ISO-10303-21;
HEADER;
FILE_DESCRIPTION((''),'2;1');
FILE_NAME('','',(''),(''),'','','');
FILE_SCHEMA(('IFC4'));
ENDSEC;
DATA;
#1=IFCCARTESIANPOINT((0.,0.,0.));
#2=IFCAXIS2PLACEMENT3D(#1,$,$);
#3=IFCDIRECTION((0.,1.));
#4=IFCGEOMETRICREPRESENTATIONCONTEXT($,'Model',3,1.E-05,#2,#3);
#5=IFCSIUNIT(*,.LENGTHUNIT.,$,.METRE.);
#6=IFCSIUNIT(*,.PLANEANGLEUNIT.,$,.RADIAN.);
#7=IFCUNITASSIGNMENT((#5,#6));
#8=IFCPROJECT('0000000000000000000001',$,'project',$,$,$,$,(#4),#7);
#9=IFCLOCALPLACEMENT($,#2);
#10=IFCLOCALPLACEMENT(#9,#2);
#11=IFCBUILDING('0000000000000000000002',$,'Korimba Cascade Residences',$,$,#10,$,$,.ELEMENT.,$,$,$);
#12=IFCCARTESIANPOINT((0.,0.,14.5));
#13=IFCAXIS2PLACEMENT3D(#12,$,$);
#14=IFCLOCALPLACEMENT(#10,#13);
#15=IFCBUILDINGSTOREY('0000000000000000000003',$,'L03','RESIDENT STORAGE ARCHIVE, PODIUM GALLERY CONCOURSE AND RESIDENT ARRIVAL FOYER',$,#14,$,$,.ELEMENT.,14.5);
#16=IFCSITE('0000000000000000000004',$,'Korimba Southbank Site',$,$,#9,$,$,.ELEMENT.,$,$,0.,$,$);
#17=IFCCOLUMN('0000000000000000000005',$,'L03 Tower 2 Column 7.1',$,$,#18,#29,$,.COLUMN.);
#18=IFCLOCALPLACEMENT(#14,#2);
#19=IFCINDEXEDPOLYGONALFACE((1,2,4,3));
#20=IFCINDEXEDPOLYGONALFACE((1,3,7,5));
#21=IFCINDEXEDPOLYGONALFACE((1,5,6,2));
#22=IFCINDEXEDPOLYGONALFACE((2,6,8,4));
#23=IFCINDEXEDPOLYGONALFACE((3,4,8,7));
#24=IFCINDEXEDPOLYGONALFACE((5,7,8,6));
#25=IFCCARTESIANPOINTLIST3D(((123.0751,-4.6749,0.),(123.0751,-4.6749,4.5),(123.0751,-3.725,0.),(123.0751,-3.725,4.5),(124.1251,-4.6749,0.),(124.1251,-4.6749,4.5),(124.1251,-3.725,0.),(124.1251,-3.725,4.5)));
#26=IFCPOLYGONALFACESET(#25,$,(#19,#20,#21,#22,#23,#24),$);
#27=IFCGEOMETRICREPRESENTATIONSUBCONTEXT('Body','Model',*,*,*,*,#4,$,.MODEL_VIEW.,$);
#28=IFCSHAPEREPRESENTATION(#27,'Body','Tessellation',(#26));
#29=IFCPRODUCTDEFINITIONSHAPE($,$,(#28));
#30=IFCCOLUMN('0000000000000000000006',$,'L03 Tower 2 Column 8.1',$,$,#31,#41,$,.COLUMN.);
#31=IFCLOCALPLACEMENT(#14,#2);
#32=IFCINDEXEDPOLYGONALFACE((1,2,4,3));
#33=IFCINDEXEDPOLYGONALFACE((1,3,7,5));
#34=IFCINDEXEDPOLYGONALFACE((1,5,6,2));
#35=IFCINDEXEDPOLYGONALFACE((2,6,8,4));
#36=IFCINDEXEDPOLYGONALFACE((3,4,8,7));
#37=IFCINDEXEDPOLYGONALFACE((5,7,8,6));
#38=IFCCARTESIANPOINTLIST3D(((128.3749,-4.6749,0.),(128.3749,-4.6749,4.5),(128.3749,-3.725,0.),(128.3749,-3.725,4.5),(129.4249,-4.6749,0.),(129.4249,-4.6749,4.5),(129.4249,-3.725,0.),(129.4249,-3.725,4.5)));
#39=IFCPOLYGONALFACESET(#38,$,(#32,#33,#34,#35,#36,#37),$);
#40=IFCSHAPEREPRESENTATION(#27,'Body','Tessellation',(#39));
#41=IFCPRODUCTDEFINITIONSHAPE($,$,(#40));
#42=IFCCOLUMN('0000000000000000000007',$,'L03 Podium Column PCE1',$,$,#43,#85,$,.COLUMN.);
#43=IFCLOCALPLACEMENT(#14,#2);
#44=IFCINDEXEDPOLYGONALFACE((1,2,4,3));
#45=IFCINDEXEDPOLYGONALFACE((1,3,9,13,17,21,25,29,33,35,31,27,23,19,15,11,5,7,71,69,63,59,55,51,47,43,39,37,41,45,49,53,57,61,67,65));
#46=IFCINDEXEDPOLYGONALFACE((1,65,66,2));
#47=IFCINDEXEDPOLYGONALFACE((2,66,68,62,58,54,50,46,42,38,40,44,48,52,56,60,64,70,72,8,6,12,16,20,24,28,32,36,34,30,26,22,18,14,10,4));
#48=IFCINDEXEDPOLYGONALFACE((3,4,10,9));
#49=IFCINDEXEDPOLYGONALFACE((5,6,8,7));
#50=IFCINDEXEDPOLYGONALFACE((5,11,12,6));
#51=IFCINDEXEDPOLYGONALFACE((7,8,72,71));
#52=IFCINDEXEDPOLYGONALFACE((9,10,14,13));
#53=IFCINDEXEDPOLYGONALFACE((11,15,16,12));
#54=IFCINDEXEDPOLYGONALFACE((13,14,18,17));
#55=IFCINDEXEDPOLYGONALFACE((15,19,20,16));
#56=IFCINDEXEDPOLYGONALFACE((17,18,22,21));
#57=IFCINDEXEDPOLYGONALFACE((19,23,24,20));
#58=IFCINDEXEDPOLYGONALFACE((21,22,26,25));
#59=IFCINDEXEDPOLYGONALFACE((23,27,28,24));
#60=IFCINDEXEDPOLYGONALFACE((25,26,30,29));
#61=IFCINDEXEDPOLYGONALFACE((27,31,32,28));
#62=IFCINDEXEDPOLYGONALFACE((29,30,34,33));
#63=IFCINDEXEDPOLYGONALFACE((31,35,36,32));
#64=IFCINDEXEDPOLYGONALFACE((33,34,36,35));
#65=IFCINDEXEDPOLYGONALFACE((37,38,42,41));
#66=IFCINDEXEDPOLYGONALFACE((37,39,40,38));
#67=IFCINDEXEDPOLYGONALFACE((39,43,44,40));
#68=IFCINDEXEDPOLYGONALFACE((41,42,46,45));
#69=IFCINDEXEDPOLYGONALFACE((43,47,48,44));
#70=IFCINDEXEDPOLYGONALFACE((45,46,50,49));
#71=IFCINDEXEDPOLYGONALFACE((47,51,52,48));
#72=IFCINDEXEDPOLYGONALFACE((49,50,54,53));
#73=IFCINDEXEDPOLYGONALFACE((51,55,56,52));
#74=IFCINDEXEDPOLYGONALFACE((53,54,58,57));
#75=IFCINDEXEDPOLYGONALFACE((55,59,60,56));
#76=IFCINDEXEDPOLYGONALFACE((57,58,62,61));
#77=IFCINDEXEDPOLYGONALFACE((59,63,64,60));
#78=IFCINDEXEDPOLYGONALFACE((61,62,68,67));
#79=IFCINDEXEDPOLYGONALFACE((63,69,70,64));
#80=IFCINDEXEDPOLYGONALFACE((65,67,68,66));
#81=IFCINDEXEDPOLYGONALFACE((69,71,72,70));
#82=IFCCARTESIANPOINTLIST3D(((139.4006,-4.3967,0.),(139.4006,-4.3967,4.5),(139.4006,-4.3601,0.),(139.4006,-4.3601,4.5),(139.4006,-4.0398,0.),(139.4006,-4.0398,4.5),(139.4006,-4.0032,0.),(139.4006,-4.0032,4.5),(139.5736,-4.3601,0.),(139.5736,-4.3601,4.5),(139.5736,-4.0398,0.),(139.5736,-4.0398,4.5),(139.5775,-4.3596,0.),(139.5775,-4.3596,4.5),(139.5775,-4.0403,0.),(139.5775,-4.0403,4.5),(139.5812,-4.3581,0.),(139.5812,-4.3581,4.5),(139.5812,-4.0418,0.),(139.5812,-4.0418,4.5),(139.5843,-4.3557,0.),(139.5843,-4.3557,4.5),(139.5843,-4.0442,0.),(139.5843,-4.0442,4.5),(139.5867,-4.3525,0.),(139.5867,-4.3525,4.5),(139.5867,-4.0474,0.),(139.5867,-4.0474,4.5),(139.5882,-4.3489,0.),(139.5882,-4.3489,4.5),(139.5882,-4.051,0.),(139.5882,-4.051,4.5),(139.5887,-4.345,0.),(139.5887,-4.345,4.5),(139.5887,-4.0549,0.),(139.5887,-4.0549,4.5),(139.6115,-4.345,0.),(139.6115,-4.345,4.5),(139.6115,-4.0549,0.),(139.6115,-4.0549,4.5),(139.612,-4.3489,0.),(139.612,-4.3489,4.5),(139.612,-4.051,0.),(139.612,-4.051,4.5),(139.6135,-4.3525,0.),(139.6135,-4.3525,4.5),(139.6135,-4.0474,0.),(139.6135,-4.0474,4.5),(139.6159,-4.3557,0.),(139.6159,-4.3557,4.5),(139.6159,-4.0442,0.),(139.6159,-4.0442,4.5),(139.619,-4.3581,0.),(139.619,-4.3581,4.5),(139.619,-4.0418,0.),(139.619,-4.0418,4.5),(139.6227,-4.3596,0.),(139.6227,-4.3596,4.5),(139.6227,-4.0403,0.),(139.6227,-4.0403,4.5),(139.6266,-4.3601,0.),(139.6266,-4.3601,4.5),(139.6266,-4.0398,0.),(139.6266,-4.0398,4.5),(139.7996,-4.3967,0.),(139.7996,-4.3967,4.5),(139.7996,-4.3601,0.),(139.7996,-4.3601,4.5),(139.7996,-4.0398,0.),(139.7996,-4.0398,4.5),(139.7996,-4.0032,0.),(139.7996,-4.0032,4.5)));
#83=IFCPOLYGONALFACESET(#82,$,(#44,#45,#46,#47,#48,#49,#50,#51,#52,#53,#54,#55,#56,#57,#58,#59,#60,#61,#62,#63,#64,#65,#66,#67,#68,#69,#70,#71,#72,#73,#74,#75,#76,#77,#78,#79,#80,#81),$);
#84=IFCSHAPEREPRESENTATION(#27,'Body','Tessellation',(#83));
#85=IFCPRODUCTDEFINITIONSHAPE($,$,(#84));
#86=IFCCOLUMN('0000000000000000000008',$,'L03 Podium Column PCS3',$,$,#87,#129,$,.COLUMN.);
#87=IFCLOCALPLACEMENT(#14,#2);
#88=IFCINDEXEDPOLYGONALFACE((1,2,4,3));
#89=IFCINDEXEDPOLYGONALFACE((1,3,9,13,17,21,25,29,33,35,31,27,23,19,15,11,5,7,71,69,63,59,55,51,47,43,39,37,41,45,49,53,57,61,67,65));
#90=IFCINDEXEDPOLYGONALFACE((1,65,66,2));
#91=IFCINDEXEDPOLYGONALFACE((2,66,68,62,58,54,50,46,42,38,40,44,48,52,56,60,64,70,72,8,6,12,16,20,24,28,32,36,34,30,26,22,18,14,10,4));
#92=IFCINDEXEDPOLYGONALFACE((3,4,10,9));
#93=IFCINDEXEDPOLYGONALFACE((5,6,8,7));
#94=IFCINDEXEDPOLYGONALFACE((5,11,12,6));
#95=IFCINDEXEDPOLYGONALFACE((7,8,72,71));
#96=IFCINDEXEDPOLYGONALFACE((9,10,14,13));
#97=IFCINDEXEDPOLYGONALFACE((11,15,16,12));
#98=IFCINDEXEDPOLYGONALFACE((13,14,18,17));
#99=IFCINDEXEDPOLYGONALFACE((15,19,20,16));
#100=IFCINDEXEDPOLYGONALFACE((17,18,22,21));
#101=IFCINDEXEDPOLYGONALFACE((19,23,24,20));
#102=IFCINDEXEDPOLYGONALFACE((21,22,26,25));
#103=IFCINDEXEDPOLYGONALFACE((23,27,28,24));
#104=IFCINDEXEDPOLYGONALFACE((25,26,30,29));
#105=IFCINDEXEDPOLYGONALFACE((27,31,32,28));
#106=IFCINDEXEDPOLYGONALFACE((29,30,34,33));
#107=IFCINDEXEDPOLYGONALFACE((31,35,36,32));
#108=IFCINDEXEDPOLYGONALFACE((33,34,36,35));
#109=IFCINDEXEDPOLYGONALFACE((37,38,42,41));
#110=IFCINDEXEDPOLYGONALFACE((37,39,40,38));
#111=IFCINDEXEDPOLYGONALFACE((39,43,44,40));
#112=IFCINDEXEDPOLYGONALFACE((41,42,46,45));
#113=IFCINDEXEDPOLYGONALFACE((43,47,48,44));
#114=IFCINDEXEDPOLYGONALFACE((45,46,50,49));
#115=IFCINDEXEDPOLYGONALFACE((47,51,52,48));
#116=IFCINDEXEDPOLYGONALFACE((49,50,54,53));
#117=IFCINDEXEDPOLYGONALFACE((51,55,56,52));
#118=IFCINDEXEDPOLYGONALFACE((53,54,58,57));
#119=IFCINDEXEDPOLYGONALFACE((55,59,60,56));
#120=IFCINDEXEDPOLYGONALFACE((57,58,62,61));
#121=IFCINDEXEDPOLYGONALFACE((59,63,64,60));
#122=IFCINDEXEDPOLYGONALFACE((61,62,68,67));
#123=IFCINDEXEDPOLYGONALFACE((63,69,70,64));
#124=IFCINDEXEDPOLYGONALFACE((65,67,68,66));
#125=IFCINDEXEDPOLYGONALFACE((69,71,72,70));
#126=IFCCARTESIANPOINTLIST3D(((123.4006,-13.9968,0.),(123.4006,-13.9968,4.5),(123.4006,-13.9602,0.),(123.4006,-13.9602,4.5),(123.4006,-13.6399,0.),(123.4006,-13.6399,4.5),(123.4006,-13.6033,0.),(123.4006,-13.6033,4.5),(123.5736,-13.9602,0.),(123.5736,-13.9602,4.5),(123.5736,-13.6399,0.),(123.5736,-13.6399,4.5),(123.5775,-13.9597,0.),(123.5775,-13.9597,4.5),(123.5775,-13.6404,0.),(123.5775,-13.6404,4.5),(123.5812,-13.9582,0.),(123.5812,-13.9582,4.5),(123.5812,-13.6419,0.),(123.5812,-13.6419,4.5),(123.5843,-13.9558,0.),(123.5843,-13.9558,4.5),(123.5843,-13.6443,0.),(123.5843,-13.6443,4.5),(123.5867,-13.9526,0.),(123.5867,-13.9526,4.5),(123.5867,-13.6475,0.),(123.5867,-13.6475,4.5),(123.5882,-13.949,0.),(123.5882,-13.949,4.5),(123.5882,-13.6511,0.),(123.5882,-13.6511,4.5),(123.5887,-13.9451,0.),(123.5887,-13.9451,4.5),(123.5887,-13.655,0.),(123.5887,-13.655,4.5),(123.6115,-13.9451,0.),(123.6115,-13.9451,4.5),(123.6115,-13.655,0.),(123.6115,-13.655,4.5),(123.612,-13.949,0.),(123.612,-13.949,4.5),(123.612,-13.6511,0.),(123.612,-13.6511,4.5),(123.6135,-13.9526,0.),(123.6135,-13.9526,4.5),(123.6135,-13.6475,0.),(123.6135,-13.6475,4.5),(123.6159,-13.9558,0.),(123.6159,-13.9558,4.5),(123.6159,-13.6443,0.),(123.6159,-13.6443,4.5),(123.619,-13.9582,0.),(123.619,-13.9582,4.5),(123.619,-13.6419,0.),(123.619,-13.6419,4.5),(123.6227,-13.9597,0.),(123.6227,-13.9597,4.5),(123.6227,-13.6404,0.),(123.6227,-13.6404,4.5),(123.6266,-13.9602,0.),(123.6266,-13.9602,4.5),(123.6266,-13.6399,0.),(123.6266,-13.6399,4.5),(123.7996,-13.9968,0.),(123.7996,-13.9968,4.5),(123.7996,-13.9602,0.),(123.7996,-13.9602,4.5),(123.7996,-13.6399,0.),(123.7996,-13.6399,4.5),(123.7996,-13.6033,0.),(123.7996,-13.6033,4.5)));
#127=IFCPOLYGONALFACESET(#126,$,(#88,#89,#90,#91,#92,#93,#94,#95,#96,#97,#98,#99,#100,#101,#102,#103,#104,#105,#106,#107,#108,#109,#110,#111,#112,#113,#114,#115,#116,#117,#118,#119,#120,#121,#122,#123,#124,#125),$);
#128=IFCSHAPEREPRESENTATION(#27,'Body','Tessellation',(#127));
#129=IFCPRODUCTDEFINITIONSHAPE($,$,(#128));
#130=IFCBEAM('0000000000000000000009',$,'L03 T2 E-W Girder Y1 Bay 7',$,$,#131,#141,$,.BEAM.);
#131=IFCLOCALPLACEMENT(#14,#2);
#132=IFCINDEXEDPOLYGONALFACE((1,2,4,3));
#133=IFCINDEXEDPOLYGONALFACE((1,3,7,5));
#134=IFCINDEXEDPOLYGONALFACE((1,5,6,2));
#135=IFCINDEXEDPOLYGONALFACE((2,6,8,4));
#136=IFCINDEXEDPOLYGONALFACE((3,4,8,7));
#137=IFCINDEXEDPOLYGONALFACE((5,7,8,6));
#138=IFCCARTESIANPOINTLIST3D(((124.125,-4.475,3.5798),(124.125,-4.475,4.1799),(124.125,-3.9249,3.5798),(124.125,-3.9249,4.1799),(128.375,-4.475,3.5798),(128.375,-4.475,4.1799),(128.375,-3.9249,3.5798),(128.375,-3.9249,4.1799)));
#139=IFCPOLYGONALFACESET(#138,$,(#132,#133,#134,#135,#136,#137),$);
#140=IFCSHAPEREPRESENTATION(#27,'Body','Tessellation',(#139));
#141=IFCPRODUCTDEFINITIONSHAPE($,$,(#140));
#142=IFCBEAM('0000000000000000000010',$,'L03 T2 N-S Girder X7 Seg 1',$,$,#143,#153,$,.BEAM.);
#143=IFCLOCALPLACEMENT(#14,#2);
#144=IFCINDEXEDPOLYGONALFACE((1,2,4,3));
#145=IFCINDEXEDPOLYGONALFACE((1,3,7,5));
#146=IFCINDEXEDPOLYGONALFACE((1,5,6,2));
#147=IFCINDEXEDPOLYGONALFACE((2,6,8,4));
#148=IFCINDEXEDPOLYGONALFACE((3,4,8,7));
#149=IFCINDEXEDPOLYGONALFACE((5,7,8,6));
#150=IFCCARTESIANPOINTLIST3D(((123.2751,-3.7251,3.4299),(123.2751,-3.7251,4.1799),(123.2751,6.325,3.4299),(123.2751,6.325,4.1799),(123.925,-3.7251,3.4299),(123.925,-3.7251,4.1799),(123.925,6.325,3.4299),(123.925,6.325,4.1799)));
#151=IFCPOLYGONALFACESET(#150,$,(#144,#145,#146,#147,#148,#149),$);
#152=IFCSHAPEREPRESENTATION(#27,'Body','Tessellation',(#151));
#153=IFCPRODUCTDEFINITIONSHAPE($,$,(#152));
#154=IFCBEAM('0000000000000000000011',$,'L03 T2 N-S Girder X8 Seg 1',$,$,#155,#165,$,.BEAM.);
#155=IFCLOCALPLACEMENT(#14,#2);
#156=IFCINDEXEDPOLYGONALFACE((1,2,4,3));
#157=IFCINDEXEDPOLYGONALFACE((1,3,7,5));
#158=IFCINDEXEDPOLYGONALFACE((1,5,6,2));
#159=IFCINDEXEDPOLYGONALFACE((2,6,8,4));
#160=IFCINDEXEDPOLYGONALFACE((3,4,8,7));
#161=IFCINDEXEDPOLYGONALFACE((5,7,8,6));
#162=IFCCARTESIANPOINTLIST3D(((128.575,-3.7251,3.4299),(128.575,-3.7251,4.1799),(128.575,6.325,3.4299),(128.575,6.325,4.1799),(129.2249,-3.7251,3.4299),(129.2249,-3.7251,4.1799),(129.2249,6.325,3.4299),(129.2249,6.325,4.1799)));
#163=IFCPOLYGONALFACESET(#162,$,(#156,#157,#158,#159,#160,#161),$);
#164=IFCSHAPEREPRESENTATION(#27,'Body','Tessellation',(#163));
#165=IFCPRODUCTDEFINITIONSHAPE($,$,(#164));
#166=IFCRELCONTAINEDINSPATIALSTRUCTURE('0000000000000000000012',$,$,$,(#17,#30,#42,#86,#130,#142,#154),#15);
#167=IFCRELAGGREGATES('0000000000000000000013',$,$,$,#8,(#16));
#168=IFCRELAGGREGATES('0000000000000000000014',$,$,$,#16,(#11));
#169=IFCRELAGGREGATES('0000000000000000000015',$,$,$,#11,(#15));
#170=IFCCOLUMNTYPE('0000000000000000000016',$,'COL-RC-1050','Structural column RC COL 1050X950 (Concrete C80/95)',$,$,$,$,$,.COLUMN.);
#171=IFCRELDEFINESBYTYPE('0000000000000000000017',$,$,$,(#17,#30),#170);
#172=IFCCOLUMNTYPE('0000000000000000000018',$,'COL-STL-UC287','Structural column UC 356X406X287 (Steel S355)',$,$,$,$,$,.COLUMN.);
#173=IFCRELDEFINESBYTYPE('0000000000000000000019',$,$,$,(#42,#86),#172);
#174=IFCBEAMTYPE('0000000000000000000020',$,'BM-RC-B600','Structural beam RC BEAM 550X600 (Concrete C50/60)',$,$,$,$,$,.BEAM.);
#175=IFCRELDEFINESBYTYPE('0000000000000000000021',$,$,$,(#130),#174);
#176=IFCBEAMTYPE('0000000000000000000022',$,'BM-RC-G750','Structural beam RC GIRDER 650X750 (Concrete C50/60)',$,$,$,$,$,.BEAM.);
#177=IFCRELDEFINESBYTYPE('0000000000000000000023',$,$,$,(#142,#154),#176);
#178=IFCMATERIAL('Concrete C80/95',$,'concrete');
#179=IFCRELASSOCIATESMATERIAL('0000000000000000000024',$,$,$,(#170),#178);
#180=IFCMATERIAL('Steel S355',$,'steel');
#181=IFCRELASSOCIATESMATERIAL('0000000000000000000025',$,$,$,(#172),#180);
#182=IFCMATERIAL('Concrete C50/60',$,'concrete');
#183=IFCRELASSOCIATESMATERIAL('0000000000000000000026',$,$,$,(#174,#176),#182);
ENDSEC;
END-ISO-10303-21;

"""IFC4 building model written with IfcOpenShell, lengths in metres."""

from ifc_helpers import new_model, si_unit, direction, frame, origin, origin_2d, place, context, subcontext, project, spatial, rectangle, i_section, extrude, material, material_profile, profile_set, type_object, element, save


model = new_model("IFC4")

# Units and contexts
model_context = context("Model", 3, precision=1e-05, world=origin(), true_north=direction((0.0, 1.0)))
body_context = subcontext(model_context, "Body", "Model", "MODEL_VIEW")
ifc_project = project(units=[si_unit("LENGTHUNIT", "METRE"), si_unit("PLANEANGLEUNIT", "RADIAN")], contexts=[model_context])

# Site, building, storey
site_placement = place(None, origin())
site = spatial("IfcSite", under=ifc_project, at=site_placement, Name="Korimba Southbank Site", CompositionType="ELEMENT", RefElevation=0.0)
building_placement = place(site_placement, origin())
building = spatial("IfcBuilding", under=site, at=building_placement, Name="Korimba Cascade Residences", CompositionType="ELEMENT")
storey_placement = place(building_placement, frame((0.0, 0.0, 14.5)))
storey = spatial("IfcBuildingStorey", under=building, at=storey_placement, Name="L03", Description="RESIDENT STORAGE ARCHIVE, PODIUM GALLERY CONCOURSE AND RESIDENT ARRIVAL FOYER", CompositionType="ELEMENT", Elevation=14.5)

# Columns
ifc_material_1 = material(Name="Concrete C80/95", Category="concrete")
ifc_material_profile_1 = material_profile(ifc_material_1, rectangle(XDim=1.05, YDim=0.95, at=origin_2d()), Name="Concrete C80/95")
ifc_profile_set_1 = profile_set([ifc_material_profile_1], Name="Concrete C80/95")
column_type_1 = type_object("IfcColumnType", Name="COL-RC-1050", Description="Structural column RC COL 1050X950 (Concrete C80/95)", PredefinedType="COLUMN", material=ifc_profile_set_1)
for number, where, z_axis, x_axis, name in (
    (1, (123.6001, -4.2, 0.0), (0.0, 0.0, 1.0), (1.0, 0.0, 0.0), "L03 Tower 2 Column 7.1"),
    (2, (128.8999, -4.2, 0.0), (0.0, 0.0, 1.0), (1.0, 0.0, 0.0), "L03 Tower 2 Column 8.1"),
):
    element("IfcColumn", number, at=place(storey_placement, frame(where, z_axis=z_axis, x_axis=x_axis)), inside=storey, type_object=column_type_1, Name=name, PredefinedType="COLUMN", context=body_context, shape_type="SweptSolid", body=[
        extrude(rectangle(XDim=1.05, YDim=0.95, at=origin_2d()), origin(), (0.0, 0.0, 1.0), 4.5),
    ])
ifc_material_2 = material(Name="Steel S355", Category="steel")
ifc_material_profile_2 = material_profile(ifc_material_2, i_section(OverallWidth=0.3989, OverallDepth=0.3936, WebThickness=0.0227, FlangeThickness=0.0366, FilletRadius=0.0151, at=origin_2d()), Name="Steel S355")
ifc_profile_set_2 = profile_set([ifc_material_profile_2], Name="Steel S355")
column_type_2 = type_object("IfcColumnType", Name="COL-STL-UC287", Description="Structural column UC 356X406X287 (Steel S355)", PredefinedType="COLUMN", material=ifc_profile_set_2)
for number, where, z_axis, x_axis, name in (
    (3, (139.6001, -4.2, 0.0), (0.0, 0.0, 1.0), (1.0, 0.0, 0.0), "L03 Podium Column PCE1"),
    (4, (123.6001, -13.8, 0.0), (0.0, 0.0, 1.0), (1.0, 0.0, 0.0), "L03 Podium Column PCS3"),
):
    element("IfcColumn", number, at=place(storey_placement, frame(where, z_axis=z_axis, x_axis=x_axis)), inside=storey, type_object=column_type_2, Name=name, PredefinedType="COLUMN", context=body_context, shape_type="SweptSolid", body=[
        extrude(i_section(OverallWidth=0.3989, OverallDepth=0.3936, WebThickness=0.0227, FlangeThickness=0.0366, FilletRadius=0.0151, at=origin_2d()), origin(), (0.0, 0.0, 1.0), 4.5),
    ])

# Beams
ifc_material_3 = material(Name="Concrete C50/60", Category="concrete")
ifc_material_profile_3 = material_profile(ifc_material_3, rectangle(XDim=0.55, YDim=0.6001, at=origin_2d()), Name="Concrete C50/60")
ifc_profile_set_3 = profile_set([ifc_material_profile_3], Name="Concrete C50/60")
beam_type_1 = type_object("IfcBeamType", Name="BM-RC-B600", Description="Structural beam RC BEAM 550X600 (Concrete C50/60)", PredefinedType="BEAM", material=ifc_profile_set_3)
beam_1_placement = place(storey_placement, frame((124.125, -4.2, 3.8799), z_axis=(1.0, 0.0, 0.0), x_axis=(0.0, 1.0, 0.0)))
element("IfcBeam", 5, at=beam_1_placement, inside=storey, type_object=beam_type_1, Name="L03 T2 E-W Girder Y1 Bay 7", PredefinedType="BEAM", context=body_context, shape_type="SweptSolid", body=[
    extrude(rectangle(XDim=0.55, YDim=0.6001, at=origin_2d()), origin(), (0.0, 0.0, 1.0), 4.25),
])
ifc_material_profile_4 = material_profile(ifc_material_3, rectangle(XDim=0.6499, YDim=0.75, at=origin_2d()), Name="Concrete C50/60")
ifc_profile_set_4 = profile_set([ifc_material_profile_4], Name="Concrete C50/60")
beam_type_2 = type_object("IfcBeamType", Name="BM-RC-G750", Description="Structural beam RC GIRDER 650X750 (Concrete C50/60)", PredefinedType="BEAM", material=ifc_profile_set_4)
for number, where, z_axis, x_axis, name in (
    (6, (123.6001, -3.7251, 3.8049), (0.0, 1.0, 0.0), (-1.0, 0.0, 0.0), "L03 T2 N-S Girder X7 Seg 1"),
    (7, (128.8999, -3.7251, 3.8049), (0.0, 1.0, 0.0), (-1.0, 0.0, 0.0), "L03 T2 N-S Girder X8 Seg 1"),
):
    element("IfcBeam", number, at=place(storey_placement, frame(where, z_axis=z_axis, x_axis=x_axis)), inside=storey, type_object=beam_type_2, Name=name, PredefinedType="BEAM", context=body_context, shape_type="SweptSolid", body=[
        extrude(rectangle(XDim=0.6499, YDim=0.75, at=origin_2d()), origin(), (0.0, 0.0, 1.0), 10.05),
    ])

save(model, "model.ifc")
